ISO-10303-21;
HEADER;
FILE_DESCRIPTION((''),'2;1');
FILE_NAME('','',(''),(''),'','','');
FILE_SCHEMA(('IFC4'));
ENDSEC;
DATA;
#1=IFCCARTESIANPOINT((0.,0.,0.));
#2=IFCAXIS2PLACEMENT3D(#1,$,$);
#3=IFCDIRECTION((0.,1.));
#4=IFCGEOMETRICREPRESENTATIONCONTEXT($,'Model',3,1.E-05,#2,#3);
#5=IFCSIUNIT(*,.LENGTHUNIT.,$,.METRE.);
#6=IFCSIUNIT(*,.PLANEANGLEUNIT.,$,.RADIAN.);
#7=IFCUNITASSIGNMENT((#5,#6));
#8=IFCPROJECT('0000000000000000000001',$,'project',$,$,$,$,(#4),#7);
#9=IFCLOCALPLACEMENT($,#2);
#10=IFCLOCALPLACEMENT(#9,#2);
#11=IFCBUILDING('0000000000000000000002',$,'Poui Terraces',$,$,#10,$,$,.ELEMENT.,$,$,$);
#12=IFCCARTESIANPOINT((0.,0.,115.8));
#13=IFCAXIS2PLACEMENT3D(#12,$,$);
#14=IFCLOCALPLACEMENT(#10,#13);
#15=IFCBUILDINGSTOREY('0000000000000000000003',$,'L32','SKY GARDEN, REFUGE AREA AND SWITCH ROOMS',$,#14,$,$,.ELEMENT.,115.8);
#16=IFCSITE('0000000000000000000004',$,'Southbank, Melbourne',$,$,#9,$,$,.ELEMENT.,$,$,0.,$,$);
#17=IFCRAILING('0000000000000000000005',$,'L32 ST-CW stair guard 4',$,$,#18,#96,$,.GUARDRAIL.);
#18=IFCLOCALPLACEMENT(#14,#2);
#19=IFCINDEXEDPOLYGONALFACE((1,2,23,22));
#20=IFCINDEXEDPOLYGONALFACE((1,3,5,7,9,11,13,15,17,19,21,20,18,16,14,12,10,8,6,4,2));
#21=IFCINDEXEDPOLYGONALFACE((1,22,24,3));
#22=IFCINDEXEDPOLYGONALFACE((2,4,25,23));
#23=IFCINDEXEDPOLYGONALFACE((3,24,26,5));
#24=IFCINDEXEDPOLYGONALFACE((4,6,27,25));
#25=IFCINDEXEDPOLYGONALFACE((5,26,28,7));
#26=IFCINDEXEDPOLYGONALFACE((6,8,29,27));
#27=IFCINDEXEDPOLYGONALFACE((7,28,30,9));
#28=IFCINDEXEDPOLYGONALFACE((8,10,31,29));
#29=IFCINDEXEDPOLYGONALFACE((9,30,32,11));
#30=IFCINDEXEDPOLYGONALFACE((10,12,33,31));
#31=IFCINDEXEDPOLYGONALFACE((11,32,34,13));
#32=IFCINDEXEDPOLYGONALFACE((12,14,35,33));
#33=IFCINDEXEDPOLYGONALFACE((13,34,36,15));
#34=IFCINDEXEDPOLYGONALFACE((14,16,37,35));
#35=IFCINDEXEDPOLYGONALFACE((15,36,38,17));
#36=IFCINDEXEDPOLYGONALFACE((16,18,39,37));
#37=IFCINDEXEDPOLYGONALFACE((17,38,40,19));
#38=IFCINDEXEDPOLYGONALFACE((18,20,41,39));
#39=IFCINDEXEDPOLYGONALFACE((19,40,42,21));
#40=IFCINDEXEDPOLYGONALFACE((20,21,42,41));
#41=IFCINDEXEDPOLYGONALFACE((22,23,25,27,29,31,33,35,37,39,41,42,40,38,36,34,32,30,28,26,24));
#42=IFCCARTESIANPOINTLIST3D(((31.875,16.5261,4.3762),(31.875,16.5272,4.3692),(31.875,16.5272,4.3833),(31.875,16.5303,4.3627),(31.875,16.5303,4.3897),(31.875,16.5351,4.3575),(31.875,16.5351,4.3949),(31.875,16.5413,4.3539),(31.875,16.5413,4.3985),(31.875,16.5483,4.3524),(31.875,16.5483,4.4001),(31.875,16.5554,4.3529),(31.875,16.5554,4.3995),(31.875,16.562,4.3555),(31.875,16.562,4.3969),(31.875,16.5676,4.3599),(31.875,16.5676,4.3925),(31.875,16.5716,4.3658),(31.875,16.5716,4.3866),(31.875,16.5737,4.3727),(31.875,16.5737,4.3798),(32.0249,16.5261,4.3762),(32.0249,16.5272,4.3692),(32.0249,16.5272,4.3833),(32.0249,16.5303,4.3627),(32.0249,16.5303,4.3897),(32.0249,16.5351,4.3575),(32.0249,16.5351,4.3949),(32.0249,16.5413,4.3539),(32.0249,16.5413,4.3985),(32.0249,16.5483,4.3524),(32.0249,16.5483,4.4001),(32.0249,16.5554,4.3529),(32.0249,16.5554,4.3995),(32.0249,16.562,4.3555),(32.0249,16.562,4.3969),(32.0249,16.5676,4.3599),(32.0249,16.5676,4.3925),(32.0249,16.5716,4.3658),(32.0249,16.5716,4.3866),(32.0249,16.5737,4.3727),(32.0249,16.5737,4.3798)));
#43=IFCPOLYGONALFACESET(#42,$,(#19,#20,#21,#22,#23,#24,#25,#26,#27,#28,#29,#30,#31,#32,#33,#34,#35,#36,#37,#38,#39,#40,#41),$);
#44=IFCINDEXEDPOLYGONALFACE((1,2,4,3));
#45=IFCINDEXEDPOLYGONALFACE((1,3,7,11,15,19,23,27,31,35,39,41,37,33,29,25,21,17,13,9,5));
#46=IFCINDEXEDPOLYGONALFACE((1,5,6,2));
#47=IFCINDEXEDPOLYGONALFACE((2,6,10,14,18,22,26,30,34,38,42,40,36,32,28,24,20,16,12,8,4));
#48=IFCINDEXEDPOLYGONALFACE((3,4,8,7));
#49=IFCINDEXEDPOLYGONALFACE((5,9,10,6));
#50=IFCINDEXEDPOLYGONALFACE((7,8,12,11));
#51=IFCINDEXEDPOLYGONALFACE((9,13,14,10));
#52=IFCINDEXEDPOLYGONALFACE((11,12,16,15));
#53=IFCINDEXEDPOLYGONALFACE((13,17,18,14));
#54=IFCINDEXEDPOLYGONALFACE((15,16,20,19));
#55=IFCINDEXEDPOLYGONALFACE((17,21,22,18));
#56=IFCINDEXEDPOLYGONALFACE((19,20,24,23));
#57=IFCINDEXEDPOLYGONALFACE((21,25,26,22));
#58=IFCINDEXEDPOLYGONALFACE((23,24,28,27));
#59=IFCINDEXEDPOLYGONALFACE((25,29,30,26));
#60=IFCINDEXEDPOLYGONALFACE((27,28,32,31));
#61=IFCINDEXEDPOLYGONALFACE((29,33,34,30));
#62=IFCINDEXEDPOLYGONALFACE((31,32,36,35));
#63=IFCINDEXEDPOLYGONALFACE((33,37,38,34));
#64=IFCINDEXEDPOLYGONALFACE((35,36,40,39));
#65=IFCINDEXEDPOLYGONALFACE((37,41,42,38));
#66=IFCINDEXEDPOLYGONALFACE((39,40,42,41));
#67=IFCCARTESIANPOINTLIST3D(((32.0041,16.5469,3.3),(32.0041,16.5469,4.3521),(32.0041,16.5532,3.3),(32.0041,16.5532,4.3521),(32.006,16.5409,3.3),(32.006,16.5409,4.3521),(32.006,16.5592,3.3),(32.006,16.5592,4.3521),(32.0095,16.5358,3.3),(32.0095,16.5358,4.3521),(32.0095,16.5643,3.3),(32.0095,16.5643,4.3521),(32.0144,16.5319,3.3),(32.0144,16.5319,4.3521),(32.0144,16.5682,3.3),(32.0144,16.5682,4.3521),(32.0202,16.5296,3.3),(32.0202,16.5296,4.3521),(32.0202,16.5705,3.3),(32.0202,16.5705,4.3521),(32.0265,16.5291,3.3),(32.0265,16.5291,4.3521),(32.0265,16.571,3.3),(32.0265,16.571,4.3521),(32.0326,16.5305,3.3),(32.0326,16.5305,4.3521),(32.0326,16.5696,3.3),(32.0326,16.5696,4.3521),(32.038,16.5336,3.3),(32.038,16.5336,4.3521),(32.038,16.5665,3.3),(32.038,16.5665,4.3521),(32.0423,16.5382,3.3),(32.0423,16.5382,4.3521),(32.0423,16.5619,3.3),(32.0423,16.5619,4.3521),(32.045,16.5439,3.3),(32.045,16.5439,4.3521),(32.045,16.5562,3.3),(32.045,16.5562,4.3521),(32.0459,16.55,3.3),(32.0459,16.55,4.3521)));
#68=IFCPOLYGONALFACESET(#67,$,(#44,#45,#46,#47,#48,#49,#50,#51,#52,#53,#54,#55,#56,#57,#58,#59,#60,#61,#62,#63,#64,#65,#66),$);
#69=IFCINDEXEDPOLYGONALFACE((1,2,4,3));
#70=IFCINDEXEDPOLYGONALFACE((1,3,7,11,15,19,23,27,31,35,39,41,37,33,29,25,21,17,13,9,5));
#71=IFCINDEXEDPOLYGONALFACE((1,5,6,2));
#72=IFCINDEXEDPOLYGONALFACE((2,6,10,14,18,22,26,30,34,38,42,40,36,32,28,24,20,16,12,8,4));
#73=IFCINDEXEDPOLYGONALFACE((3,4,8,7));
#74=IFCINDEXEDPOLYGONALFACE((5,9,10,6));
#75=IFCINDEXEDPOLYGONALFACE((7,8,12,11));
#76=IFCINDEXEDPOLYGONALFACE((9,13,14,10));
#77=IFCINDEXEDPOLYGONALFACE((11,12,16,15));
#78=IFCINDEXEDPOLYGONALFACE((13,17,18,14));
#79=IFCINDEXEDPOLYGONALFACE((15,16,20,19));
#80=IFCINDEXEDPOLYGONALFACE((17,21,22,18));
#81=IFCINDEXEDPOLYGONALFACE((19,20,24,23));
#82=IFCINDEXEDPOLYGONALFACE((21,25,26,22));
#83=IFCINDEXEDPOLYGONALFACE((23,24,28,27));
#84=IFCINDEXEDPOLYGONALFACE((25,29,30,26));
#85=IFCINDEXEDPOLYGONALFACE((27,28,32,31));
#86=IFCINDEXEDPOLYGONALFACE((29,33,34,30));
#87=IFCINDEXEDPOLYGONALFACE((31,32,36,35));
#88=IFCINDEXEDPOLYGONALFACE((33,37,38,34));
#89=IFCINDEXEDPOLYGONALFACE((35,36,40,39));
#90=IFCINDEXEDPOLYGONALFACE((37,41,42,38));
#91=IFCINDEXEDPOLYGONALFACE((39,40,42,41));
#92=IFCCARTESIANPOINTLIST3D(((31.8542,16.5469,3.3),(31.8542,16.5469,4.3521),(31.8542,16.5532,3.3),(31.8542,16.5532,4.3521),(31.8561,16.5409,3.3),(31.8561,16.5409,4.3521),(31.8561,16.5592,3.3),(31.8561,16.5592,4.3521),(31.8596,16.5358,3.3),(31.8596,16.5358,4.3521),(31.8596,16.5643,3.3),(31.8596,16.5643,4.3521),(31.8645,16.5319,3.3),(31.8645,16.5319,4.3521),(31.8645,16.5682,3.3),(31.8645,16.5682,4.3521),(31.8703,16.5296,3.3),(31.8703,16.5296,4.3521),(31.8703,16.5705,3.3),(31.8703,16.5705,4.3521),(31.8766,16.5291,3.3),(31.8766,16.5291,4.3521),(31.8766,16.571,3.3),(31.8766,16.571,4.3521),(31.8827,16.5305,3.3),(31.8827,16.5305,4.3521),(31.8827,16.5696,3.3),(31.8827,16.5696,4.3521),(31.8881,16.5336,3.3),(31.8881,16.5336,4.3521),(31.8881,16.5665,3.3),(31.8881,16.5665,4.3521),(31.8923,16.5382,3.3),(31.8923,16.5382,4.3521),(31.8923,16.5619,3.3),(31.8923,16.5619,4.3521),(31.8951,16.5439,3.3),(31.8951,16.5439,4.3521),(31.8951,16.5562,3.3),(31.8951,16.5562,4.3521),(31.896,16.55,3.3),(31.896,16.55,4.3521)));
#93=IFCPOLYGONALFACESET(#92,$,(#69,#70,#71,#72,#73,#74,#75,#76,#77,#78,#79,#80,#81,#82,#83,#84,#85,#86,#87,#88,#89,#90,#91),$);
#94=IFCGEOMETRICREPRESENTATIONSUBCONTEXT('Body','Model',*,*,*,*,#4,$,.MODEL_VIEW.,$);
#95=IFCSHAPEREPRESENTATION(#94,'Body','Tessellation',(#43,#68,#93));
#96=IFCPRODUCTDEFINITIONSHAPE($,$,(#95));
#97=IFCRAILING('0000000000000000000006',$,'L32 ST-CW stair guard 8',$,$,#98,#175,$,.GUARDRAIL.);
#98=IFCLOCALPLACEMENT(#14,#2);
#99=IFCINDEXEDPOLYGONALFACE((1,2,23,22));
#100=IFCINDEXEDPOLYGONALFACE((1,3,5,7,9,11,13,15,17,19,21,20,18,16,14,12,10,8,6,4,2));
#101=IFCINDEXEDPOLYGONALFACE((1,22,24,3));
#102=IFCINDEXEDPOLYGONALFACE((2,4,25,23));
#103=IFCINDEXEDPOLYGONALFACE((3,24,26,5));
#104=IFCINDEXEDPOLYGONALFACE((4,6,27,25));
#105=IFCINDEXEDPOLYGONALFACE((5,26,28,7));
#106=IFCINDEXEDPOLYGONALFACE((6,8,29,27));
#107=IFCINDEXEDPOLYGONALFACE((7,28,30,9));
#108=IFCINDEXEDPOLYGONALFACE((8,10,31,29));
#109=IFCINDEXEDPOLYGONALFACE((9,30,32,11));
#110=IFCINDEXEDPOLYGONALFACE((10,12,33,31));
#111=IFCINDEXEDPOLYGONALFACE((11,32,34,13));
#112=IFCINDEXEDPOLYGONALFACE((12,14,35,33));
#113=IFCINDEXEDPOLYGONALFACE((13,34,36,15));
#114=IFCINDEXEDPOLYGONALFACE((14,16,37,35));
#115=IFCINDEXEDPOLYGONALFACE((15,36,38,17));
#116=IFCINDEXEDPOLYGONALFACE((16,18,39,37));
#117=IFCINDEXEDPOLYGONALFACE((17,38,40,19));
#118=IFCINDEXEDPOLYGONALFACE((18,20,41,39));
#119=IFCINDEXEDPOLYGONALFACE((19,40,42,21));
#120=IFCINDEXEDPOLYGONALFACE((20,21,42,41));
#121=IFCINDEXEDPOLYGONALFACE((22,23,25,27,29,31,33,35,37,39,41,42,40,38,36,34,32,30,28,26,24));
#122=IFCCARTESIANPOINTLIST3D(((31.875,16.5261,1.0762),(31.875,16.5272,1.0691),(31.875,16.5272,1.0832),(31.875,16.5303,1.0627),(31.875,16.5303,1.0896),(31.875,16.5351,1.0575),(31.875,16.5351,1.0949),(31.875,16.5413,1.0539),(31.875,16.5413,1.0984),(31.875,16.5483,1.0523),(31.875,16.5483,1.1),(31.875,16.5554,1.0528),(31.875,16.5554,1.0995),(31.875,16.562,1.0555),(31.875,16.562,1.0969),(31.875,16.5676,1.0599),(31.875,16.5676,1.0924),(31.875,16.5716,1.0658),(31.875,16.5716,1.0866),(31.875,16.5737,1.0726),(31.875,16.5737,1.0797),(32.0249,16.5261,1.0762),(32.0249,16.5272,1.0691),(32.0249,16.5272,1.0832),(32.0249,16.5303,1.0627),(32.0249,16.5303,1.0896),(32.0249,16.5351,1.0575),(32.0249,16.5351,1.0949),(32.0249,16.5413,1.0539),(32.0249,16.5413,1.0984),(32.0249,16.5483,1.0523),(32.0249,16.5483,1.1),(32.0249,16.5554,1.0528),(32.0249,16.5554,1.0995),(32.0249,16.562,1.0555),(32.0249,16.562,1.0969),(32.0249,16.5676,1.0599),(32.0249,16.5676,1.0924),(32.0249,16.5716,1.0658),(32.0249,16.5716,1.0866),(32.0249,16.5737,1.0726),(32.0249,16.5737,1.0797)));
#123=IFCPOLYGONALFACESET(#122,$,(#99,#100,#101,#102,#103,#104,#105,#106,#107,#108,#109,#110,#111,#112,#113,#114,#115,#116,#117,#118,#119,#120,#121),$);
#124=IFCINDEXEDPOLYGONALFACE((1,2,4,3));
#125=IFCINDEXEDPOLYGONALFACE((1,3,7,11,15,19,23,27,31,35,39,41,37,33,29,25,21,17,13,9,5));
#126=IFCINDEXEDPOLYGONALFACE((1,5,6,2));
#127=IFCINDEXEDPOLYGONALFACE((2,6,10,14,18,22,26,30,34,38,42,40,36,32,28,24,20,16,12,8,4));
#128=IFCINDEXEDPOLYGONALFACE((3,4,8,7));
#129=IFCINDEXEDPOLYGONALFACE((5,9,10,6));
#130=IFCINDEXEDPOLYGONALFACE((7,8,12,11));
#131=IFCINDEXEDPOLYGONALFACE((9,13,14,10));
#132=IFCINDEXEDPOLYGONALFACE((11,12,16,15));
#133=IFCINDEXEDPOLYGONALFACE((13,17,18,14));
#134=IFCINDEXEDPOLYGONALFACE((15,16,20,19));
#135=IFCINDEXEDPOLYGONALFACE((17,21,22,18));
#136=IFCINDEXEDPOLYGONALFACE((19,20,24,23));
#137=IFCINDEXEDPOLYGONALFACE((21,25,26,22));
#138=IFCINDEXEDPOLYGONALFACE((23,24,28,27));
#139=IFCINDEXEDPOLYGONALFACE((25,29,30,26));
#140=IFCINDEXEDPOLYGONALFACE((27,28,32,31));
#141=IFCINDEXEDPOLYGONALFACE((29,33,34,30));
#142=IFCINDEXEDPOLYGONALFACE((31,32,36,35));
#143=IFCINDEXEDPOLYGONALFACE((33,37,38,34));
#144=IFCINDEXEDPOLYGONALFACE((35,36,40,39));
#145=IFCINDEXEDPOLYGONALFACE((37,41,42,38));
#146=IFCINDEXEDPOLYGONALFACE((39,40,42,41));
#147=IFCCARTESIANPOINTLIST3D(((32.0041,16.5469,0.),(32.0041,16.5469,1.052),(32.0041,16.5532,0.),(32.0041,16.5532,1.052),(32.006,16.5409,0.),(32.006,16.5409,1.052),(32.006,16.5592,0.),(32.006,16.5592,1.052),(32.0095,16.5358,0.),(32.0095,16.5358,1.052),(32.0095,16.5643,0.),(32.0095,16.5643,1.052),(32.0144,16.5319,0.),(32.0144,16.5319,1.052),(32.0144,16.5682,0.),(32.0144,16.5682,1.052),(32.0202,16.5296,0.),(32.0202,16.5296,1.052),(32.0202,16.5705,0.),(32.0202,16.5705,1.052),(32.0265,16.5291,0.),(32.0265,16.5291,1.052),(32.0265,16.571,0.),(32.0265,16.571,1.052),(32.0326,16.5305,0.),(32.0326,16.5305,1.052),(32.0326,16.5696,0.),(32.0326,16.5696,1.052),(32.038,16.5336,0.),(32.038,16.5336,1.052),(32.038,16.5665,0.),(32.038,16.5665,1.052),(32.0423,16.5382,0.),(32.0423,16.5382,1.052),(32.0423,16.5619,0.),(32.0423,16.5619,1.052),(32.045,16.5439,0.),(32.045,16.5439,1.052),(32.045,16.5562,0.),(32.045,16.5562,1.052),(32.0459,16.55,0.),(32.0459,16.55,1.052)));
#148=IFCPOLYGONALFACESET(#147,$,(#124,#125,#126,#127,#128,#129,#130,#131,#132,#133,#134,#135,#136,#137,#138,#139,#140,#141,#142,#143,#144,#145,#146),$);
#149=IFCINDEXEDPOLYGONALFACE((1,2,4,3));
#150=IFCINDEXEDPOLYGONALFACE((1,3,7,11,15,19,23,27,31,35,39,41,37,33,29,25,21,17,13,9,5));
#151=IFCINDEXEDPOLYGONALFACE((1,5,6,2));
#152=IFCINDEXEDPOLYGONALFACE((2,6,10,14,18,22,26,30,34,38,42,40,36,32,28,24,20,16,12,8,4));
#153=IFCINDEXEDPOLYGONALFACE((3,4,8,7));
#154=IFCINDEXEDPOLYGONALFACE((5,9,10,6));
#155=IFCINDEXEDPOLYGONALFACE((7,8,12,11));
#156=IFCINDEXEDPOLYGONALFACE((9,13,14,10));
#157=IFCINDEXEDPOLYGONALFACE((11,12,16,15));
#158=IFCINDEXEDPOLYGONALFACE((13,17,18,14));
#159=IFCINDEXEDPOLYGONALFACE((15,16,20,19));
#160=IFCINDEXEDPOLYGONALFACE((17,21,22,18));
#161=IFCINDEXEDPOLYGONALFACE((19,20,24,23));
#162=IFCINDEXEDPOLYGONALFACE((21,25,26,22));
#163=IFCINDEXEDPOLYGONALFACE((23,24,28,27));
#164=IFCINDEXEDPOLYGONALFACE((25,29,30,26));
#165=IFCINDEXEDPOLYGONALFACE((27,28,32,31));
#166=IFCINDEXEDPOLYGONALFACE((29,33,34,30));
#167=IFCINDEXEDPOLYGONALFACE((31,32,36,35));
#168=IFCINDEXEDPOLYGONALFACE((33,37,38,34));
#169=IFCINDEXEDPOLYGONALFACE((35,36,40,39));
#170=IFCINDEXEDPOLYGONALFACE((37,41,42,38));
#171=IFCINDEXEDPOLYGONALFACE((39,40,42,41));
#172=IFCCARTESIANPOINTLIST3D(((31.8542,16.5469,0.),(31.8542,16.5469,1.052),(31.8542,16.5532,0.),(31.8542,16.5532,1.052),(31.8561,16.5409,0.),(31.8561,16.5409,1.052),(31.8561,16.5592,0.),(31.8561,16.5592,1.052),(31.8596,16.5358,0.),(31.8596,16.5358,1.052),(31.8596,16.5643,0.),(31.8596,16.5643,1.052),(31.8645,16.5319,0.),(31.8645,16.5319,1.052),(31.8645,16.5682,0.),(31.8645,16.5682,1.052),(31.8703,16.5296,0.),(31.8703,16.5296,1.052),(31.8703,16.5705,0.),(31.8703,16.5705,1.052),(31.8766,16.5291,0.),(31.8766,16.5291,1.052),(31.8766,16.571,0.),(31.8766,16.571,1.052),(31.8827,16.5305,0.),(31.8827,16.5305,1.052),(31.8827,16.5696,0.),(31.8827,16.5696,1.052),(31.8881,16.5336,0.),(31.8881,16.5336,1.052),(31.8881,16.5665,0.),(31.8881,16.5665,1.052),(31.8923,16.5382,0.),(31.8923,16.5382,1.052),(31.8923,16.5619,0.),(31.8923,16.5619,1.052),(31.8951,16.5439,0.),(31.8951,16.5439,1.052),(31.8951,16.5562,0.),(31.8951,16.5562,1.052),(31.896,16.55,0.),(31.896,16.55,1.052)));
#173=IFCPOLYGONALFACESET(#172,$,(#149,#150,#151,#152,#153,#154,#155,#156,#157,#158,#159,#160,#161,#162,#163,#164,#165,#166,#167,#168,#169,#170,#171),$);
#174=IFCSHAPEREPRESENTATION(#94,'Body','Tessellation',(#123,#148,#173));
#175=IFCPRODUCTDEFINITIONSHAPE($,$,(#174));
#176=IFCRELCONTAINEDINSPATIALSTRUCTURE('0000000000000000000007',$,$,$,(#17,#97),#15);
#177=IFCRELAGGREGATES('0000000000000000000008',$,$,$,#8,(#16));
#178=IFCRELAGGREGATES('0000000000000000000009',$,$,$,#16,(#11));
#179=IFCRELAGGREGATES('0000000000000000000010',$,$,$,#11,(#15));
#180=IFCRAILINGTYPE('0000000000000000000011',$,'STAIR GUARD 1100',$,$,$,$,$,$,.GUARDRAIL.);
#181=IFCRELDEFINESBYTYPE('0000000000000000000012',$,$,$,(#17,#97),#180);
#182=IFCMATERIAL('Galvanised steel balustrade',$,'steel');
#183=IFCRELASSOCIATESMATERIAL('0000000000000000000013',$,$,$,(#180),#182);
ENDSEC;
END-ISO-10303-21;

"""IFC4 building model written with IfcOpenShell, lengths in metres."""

from ifc_helpers import new_model, si_unit, direction, frame, origin, origin_2d, place, context, subcontext, project, spatial, circle, extrude, material, type_object, element, save


model = new_model("IFC4")

# Units and contexts
model_context = context("Model", 3, precision=1e-05, world=origin(), true_north=direction((0.0, 1.0)))
body_context = subcontext(model_context, "Body", "Model", "MODEL_VIEW")
ifc_project = project(units=[si_unit("LENGTHUNIT", "METRE"), si_unit("PLANEANGLEUNIT", "RADIAN")], contexts=[model_context])

# Site, building, storey
site_placement = place(None, origin())
site = spatial("IfcSite", under=ifc_project, at=site_placement, Name="Southbank, Melbourne", CompositionType="ELEMENT", RefElevation=0.0)
building_placement = place(site_placement, origin())
building = spatial("IfcBuilding", under=site, at=building_placement, Name="Poui Terraces", CompositionType="ELEMENT")
storey_placement = place(building_placement, frame((0.0, 0.0, 115.8)))
storey = spatial("IfcBuildingStorey", under=building, at=storey_placement, Name="L32", Description="SKY GARDEN, REFUGE AREA AND SWITCH ROOMS", CompositionType="ELEMENT", Elevation=115.8)

# Railings
ifc_material_1 = material(Name="Galvanised steel balustrade", Category="steel")
railing_type = type_object("IfcRailingType", Name="STAIR GUARD 1100", PredefinedType="GUARDRAIL", material=ifc_material_1)
for number, where, name in (
    (1, (32.0249, 16.55, 3.3), "L32 ST-CW stair guard 4"),
    (2, (32.0249, 16.55, 0.0), "L32 ST-CW stair guard 8"),
):
    element("IfcRailing", number, at=place(storey_placement, frame(where)), inside=storey, type_object=railing_type, Name=name, PredefinedType="GUARDRAIL", context=body_context, shape_type="SweptSolid", body=[
        extrude(circle(Radius=0.0239, at=origin_2d()), frame((0.0, 0.0, 1.0762), z_axis=(-1.0, 0.0, 0.0), x_axis=(0.0, -1.0, 0.0)), (0.0, 0.0, 1.0), 0.1499),
        extrude(circle(Radius=0.021, at=origin_2d()), origin(), (0.0, 0.0, 1.0), 1.052),
        extrude(circle(Radius=0.021, at=origin_2d()), frame((-0.1499, 0.0, 0.0)), (0.0, 0.0, 1.0), 1.052),
    ])

save(model, "model.ifc")
